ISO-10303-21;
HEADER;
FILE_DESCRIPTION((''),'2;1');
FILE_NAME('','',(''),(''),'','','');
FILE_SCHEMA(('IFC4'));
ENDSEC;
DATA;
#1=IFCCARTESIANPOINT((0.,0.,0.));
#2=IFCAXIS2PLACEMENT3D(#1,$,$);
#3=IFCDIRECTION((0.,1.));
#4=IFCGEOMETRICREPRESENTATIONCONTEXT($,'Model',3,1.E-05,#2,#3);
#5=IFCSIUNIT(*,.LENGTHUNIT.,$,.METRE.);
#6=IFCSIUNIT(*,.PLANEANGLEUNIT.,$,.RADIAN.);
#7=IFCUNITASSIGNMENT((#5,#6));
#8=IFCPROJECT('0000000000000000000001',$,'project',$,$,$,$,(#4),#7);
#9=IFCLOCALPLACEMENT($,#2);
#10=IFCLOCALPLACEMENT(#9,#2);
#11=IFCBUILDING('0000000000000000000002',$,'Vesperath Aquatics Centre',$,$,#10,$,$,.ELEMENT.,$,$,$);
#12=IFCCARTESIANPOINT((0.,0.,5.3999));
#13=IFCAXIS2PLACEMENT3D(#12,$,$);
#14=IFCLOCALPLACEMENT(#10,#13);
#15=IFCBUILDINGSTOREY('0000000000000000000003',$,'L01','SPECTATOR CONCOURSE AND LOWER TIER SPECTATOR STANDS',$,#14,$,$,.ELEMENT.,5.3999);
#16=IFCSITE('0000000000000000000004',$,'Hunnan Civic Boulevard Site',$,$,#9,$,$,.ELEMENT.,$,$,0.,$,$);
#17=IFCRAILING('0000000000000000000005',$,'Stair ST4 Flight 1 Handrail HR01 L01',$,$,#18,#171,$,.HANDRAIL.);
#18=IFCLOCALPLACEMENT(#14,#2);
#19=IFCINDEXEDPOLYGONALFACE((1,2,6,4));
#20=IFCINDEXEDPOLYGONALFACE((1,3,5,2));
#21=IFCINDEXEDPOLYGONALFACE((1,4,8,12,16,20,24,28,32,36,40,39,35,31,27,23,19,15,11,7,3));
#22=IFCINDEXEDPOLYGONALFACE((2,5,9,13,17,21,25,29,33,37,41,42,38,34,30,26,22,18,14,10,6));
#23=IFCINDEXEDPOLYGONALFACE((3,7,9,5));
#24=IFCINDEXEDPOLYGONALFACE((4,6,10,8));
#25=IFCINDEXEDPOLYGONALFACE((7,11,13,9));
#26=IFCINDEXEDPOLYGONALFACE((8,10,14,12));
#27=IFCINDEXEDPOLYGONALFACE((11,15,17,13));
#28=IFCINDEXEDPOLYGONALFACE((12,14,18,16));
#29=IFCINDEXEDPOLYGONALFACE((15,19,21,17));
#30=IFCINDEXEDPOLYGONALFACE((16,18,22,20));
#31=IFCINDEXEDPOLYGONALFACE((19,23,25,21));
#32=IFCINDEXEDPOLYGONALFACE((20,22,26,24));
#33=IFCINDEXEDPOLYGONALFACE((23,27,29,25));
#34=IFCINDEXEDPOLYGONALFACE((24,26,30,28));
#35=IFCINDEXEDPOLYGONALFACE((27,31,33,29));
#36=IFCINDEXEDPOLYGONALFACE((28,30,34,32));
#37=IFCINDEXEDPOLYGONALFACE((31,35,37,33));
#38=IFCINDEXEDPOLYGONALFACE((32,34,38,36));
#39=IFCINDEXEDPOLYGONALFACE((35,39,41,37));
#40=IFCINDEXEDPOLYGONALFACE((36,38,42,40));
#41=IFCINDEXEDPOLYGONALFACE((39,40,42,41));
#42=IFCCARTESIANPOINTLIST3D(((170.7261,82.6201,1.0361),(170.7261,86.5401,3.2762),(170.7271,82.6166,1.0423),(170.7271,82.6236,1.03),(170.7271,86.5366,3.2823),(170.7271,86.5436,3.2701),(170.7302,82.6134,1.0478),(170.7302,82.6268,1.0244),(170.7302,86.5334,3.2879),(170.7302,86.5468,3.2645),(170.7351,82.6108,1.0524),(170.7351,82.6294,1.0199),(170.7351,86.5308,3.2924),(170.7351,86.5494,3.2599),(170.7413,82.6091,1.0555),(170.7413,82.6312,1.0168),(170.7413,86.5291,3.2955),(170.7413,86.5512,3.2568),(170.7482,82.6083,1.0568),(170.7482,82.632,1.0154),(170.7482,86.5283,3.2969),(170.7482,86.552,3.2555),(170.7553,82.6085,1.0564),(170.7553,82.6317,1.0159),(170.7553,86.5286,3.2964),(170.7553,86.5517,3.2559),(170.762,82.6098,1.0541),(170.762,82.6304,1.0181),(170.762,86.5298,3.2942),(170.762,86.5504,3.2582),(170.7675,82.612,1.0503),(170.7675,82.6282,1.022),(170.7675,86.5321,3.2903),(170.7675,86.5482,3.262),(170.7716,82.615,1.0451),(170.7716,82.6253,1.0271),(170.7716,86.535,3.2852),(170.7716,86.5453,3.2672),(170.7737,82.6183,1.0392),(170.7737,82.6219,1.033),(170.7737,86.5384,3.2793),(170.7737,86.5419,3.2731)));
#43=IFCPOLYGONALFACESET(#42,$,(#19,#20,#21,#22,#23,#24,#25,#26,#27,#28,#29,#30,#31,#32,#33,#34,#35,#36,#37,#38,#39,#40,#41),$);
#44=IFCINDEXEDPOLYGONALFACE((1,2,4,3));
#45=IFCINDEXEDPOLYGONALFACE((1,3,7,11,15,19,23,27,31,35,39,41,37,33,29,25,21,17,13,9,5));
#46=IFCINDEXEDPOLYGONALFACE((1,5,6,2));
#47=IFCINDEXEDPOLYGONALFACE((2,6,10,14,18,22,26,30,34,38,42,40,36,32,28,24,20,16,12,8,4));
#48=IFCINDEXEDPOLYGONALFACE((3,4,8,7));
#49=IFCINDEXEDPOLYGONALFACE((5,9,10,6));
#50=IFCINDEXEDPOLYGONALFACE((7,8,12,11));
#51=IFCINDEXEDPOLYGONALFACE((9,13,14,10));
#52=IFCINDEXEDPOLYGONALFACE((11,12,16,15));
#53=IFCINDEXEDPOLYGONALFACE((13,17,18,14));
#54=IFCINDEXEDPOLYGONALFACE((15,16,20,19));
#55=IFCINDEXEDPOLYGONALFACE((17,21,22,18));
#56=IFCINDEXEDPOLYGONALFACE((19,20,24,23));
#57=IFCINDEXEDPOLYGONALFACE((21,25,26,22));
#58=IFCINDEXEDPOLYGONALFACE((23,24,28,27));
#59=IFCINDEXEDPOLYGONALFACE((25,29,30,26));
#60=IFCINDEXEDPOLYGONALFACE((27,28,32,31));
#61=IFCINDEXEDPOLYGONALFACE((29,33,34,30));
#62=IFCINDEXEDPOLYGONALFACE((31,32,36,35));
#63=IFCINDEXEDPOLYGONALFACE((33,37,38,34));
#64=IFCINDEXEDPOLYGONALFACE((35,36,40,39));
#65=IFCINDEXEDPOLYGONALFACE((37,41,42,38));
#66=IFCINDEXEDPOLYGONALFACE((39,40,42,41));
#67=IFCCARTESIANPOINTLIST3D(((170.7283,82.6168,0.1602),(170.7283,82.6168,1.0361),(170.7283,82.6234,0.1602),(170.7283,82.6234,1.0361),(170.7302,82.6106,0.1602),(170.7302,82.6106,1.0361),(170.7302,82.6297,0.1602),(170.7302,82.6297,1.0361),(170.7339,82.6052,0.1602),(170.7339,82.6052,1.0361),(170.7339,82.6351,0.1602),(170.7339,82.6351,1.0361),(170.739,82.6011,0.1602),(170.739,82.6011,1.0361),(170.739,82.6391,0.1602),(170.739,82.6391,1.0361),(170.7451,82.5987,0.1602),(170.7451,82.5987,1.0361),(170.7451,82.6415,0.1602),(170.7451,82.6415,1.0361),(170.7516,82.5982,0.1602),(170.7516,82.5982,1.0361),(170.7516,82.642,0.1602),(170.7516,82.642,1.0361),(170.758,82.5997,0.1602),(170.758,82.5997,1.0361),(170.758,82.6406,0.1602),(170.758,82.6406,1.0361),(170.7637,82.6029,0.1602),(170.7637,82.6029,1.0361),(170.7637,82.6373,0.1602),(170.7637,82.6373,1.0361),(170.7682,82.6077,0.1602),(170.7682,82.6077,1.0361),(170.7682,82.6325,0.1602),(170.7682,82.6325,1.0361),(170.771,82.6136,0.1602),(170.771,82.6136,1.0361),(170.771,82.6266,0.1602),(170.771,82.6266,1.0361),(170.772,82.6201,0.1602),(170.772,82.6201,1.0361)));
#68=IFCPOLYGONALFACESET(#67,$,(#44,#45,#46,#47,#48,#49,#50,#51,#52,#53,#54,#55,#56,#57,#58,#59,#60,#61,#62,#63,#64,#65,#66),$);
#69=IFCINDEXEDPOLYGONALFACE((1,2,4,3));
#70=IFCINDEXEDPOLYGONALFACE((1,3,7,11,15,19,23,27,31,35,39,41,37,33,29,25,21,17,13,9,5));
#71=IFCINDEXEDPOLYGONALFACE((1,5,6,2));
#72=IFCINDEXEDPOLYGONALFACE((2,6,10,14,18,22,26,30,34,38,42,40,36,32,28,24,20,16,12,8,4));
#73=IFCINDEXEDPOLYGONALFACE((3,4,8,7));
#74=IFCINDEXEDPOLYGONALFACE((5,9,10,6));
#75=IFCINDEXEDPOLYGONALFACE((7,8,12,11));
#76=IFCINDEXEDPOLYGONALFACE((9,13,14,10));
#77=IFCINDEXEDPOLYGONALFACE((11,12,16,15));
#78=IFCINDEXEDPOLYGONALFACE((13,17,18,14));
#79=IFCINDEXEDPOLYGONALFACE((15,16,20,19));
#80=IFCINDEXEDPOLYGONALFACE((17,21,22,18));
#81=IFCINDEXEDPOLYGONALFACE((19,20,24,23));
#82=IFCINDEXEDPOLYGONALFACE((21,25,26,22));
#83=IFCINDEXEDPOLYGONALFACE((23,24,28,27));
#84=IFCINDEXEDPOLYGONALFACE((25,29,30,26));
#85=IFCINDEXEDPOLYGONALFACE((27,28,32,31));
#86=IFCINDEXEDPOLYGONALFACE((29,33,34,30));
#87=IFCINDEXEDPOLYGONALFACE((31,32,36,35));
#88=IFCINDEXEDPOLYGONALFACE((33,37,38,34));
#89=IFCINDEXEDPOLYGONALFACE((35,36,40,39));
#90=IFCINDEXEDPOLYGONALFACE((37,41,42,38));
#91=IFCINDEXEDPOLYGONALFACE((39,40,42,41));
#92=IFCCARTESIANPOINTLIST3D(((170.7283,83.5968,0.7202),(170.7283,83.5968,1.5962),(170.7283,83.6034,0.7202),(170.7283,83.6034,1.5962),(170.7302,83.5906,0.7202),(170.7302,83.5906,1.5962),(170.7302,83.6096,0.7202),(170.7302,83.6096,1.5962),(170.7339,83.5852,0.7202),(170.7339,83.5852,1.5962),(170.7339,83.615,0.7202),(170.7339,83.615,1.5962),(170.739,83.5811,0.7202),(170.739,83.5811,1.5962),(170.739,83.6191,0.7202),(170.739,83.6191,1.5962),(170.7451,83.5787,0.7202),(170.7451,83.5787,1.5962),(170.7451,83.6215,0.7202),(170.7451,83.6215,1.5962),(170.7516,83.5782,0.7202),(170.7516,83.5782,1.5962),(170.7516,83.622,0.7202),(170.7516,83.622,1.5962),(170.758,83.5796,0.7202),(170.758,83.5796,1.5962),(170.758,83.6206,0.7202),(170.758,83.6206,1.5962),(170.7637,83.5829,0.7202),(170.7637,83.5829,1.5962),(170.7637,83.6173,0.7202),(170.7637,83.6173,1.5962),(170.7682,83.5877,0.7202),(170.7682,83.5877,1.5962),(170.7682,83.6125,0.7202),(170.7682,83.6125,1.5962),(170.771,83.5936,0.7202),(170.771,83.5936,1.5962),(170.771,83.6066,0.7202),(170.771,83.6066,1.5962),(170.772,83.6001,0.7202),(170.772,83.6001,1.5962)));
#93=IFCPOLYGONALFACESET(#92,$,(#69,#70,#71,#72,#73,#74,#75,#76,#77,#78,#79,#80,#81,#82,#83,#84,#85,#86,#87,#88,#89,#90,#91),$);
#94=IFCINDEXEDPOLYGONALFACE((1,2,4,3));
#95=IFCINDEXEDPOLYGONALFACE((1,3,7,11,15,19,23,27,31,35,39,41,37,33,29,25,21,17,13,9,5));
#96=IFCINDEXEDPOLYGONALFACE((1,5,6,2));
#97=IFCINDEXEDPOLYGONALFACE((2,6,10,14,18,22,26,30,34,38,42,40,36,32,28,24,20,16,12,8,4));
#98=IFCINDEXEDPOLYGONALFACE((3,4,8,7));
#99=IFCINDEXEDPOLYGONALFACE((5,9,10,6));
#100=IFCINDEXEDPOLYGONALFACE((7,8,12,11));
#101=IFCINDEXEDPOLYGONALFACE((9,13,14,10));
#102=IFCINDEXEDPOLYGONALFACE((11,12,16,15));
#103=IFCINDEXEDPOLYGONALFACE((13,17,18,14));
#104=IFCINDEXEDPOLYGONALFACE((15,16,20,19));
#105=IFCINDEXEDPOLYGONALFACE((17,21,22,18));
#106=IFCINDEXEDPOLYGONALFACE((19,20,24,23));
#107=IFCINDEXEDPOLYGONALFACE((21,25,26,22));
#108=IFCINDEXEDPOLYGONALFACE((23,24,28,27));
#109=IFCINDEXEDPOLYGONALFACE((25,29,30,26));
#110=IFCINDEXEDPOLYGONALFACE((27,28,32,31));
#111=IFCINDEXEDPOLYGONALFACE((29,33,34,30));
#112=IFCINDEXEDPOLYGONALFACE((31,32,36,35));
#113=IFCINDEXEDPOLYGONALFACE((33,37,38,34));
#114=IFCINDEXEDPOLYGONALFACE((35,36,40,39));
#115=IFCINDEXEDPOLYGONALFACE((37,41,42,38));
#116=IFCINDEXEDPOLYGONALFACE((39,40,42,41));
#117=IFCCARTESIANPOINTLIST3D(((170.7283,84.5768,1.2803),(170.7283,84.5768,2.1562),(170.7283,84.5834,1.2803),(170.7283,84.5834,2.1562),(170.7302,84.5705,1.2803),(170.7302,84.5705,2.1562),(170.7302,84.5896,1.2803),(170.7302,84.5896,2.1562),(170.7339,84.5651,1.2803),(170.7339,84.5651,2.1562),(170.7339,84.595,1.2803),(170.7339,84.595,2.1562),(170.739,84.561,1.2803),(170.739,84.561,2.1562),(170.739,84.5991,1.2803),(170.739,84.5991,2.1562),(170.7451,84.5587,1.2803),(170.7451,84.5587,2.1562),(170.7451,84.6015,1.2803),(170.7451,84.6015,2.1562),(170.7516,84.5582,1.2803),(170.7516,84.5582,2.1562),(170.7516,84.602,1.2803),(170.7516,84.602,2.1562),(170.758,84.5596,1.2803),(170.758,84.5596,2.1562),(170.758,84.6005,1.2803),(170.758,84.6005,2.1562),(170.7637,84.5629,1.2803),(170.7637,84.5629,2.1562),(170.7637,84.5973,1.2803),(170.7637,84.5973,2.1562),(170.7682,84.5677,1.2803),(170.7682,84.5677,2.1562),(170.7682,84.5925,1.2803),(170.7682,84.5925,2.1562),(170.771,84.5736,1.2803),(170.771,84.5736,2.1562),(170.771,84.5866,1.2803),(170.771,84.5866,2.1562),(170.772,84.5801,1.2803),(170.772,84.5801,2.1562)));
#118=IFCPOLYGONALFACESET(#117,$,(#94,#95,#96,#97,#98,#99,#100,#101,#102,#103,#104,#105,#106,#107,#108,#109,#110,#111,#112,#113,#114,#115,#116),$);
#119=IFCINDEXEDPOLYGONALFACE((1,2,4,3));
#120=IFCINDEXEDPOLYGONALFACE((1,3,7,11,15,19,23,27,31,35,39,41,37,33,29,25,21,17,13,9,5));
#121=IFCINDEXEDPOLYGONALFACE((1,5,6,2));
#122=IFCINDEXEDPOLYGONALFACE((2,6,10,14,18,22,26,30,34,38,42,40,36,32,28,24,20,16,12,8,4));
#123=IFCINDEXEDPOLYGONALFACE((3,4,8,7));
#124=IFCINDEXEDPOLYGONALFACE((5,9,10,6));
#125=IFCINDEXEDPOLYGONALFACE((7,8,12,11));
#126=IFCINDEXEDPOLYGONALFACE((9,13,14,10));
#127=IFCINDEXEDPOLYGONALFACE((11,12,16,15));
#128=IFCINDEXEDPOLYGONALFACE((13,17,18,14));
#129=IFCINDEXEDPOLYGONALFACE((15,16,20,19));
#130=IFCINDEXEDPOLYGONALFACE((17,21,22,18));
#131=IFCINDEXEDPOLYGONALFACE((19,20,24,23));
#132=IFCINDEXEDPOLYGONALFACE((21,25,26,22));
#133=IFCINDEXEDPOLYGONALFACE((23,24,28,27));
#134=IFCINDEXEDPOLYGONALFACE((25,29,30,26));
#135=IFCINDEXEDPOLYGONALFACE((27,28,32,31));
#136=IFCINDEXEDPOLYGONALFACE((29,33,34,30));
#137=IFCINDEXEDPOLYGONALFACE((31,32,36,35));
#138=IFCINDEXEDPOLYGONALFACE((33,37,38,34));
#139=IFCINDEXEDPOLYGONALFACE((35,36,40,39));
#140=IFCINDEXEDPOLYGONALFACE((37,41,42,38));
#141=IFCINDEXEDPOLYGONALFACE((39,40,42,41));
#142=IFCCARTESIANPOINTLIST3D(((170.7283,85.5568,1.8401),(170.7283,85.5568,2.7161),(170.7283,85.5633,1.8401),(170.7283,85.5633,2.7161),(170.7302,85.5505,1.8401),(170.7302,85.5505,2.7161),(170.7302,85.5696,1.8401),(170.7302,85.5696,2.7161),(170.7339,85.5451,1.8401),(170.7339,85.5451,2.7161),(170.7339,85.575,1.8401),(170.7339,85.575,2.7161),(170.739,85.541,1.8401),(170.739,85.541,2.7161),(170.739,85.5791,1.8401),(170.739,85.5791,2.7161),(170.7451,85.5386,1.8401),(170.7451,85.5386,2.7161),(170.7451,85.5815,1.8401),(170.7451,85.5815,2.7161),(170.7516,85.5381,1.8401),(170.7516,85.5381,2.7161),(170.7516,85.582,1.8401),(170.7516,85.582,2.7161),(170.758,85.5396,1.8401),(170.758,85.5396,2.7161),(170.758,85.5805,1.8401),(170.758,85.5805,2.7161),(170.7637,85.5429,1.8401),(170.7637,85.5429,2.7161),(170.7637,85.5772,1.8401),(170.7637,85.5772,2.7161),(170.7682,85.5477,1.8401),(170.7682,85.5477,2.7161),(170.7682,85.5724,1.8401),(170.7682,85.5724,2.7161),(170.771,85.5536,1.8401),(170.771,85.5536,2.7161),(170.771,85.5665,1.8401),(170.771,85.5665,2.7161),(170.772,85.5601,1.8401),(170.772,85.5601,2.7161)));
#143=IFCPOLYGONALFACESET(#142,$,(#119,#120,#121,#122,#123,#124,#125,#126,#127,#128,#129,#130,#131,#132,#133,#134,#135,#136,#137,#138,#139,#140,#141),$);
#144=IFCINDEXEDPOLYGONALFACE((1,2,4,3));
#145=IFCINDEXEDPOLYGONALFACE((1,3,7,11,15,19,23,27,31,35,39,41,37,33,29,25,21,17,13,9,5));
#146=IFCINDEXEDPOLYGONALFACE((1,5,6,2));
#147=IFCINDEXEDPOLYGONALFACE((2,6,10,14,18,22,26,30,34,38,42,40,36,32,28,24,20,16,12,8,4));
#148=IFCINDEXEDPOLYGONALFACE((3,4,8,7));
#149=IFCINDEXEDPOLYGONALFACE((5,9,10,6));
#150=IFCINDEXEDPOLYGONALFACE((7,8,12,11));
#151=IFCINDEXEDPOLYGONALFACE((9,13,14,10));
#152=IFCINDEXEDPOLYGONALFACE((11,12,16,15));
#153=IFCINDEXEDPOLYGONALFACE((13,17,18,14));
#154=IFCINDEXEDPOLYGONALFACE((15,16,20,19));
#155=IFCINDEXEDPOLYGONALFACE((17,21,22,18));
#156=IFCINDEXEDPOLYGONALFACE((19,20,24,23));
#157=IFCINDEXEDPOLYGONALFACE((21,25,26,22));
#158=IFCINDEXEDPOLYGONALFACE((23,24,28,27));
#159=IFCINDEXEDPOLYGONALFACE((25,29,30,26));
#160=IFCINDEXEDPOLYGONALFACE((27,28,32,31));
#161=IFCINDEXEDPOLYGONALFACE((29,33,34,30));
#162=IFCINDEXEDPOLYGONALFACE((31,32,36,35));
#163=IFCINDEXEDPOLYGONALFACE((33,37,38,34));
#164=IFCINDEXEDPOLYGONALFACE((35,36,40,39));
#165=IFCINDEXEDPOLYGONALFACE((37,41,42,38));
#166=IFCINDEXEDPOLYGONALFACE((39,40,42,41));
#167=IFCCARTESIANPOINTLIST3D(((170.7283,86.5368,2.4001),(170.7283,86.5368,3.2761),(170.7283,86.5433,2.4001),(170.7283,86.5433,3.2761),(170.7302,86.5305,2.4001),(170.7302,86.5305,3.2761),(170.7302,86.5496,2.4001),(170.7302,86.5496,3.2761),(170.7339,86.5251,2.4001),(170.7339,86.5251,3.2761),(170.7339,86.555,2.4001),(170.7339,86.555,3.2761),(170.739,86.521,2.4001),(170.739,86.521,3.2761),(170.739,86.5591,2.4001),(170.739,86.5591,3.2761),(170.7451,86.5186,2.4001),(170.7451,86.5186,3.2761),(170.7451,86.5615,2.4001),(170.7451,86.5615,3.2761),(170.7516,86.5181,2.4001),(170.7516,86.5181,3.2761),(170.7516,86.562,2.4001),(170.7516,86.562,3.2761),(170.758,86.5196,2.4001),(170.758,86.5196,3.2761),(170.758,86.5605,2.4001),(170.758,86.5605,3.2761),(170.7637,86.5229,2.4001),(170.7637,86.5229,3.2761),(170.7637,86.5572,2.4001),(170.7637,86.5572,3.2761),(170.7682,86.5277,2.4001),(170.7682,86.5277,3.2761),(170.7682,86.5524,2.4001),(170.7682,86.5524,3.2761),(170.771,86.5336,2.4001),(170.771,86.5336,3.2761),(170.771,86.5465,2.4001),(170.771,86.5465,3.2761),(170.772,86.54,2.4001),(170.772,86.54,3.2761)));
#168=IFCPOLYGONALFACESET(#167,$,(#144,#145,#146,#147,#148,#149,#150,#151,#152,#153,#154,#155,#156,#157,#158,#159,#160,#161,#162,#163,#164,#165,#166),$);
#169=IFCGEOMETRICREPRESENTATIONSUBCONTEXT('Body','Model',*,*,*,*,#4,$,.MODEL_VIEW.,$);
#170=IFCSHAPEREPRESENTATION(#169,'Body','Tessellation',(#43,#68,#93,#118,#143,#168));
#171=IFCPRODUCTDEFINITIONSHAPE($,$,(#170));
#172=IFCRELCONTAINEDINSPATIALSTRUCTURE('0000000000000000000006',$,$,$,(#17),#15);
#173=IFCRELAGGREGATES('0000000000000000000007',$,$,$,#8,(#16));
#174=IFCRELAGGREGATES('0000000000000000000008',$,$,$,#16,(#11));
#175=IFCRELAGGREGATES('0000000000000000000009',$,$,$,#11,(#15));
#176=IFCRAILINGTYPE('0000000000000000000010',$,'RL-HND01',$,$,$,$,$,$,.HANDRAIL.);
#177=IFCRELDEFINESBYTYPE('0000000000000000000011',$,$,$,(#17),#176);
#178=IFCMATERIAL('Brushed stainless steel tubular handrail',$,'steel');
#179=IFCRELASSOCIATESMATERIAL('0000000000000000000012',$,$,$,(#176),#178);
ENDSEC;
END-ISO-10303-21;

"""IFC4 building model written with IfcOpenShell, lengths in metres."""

from ifc_helpers import new_model, si_unit, direction, frame, origin, origin_2d, place, context, subcontext, project, spatial, circle, extrude, material, type_object, element, save


model = new_model("IFC4")

# Units and contexts
model_context = context("Model", 3, precision=1e-05, world=origin(), true_north=direction((0.0, 1.0)))
body_context = subcontext(model_context, "Body", "Model", "MODEL_VIEW")
ifc_project = project(units=[si_unit("LENGTHUNIT", "METRE"), si_unit("PLANEANGLEUNIT", "RADIAN")], contexts=[model_context])

# Site, building, storey
site_placement = place(None, origin())
site = spatial("IfcSite", under=ifc_project, at=site_placement, Name="Hunnan Civic Boulevard Site", CompositionType="ELEMENT", RefElevation=0.0)
building_placement = place(site_placement, origin())
building = spatial("IfcBuilding", under=site, at=building_placement, Name="Vesperath Aquatics Centre", CompositionType="ELEMENT")
storey_placement = place(building_placement, frame((0.0, 0.0, 5.3999)))
storey = spatial("IfcBuildingStorey", under=building, at=storey_placement, Name="L01", Description="SPECTATOR CONCOURSE AND LOWER TIER SPECTATOR STANDS", CompositionType="ELEMENT", Elevation=5.3999)

# Railing
ifc_material_1 = material(Name="Brushed stainless steel tubular handrail", Category="steel")
railing_type_1 = type_object("IfcRailingType", Name="RL-HND01", PredefinedType="HANDRAIL", material=ifc_material_1)
railing_1_placement = place(storey_placement, frame((170.75, 82.6201, 0.1602)))
element("IfcRailing", 1, at=railing_1_placement, inside=storey, type_object=railing_type_1, Name="Stair ST4 Flight 1 Handrail HR01 L01", PredefinedType="HANDRAIL", context=body_context, shape_type="SweptSolid", body=[
    extrude(circle(Radius=0.0239, at=origin_2d()), frame((0.0, 0.0, 0.876), z_axis=(0.0, 0.86824, 0.496145), x_axis=(-1.0, 0.0, 0.0)), (0.0, 0.0, 1.0), 4.5149),
    extrude(circle(Radius=0.022, at=origin_2d()), origin(), (0.0, 0.0, 1.0), 0.876),
    extrude(circle(Radius=0.022, at=origin_2d()), frame((0.0, 0.98, 0.5601)), (0.0, 0.0, 1.0), 0.876),
    extrude(circle(Radius=0.022, at=origin_2d()), frame((0.0, 1.96, 1.1201)), (0.0, 0.0, 1.0), 0.876),
    extrude(circle(Radius=0.022, at=origin_2d()), frame((0.0, 2.9399, 1.6799)), (0.0, 0.0, 1.0), 0.876),
    extrude(circle(Radius=0.022, at=origin_2d()), frame((0.0, 3.9199, 2.24)), (0.0, 0.0, 1.0), 0.876),
])

save(model, "model.ifc")
